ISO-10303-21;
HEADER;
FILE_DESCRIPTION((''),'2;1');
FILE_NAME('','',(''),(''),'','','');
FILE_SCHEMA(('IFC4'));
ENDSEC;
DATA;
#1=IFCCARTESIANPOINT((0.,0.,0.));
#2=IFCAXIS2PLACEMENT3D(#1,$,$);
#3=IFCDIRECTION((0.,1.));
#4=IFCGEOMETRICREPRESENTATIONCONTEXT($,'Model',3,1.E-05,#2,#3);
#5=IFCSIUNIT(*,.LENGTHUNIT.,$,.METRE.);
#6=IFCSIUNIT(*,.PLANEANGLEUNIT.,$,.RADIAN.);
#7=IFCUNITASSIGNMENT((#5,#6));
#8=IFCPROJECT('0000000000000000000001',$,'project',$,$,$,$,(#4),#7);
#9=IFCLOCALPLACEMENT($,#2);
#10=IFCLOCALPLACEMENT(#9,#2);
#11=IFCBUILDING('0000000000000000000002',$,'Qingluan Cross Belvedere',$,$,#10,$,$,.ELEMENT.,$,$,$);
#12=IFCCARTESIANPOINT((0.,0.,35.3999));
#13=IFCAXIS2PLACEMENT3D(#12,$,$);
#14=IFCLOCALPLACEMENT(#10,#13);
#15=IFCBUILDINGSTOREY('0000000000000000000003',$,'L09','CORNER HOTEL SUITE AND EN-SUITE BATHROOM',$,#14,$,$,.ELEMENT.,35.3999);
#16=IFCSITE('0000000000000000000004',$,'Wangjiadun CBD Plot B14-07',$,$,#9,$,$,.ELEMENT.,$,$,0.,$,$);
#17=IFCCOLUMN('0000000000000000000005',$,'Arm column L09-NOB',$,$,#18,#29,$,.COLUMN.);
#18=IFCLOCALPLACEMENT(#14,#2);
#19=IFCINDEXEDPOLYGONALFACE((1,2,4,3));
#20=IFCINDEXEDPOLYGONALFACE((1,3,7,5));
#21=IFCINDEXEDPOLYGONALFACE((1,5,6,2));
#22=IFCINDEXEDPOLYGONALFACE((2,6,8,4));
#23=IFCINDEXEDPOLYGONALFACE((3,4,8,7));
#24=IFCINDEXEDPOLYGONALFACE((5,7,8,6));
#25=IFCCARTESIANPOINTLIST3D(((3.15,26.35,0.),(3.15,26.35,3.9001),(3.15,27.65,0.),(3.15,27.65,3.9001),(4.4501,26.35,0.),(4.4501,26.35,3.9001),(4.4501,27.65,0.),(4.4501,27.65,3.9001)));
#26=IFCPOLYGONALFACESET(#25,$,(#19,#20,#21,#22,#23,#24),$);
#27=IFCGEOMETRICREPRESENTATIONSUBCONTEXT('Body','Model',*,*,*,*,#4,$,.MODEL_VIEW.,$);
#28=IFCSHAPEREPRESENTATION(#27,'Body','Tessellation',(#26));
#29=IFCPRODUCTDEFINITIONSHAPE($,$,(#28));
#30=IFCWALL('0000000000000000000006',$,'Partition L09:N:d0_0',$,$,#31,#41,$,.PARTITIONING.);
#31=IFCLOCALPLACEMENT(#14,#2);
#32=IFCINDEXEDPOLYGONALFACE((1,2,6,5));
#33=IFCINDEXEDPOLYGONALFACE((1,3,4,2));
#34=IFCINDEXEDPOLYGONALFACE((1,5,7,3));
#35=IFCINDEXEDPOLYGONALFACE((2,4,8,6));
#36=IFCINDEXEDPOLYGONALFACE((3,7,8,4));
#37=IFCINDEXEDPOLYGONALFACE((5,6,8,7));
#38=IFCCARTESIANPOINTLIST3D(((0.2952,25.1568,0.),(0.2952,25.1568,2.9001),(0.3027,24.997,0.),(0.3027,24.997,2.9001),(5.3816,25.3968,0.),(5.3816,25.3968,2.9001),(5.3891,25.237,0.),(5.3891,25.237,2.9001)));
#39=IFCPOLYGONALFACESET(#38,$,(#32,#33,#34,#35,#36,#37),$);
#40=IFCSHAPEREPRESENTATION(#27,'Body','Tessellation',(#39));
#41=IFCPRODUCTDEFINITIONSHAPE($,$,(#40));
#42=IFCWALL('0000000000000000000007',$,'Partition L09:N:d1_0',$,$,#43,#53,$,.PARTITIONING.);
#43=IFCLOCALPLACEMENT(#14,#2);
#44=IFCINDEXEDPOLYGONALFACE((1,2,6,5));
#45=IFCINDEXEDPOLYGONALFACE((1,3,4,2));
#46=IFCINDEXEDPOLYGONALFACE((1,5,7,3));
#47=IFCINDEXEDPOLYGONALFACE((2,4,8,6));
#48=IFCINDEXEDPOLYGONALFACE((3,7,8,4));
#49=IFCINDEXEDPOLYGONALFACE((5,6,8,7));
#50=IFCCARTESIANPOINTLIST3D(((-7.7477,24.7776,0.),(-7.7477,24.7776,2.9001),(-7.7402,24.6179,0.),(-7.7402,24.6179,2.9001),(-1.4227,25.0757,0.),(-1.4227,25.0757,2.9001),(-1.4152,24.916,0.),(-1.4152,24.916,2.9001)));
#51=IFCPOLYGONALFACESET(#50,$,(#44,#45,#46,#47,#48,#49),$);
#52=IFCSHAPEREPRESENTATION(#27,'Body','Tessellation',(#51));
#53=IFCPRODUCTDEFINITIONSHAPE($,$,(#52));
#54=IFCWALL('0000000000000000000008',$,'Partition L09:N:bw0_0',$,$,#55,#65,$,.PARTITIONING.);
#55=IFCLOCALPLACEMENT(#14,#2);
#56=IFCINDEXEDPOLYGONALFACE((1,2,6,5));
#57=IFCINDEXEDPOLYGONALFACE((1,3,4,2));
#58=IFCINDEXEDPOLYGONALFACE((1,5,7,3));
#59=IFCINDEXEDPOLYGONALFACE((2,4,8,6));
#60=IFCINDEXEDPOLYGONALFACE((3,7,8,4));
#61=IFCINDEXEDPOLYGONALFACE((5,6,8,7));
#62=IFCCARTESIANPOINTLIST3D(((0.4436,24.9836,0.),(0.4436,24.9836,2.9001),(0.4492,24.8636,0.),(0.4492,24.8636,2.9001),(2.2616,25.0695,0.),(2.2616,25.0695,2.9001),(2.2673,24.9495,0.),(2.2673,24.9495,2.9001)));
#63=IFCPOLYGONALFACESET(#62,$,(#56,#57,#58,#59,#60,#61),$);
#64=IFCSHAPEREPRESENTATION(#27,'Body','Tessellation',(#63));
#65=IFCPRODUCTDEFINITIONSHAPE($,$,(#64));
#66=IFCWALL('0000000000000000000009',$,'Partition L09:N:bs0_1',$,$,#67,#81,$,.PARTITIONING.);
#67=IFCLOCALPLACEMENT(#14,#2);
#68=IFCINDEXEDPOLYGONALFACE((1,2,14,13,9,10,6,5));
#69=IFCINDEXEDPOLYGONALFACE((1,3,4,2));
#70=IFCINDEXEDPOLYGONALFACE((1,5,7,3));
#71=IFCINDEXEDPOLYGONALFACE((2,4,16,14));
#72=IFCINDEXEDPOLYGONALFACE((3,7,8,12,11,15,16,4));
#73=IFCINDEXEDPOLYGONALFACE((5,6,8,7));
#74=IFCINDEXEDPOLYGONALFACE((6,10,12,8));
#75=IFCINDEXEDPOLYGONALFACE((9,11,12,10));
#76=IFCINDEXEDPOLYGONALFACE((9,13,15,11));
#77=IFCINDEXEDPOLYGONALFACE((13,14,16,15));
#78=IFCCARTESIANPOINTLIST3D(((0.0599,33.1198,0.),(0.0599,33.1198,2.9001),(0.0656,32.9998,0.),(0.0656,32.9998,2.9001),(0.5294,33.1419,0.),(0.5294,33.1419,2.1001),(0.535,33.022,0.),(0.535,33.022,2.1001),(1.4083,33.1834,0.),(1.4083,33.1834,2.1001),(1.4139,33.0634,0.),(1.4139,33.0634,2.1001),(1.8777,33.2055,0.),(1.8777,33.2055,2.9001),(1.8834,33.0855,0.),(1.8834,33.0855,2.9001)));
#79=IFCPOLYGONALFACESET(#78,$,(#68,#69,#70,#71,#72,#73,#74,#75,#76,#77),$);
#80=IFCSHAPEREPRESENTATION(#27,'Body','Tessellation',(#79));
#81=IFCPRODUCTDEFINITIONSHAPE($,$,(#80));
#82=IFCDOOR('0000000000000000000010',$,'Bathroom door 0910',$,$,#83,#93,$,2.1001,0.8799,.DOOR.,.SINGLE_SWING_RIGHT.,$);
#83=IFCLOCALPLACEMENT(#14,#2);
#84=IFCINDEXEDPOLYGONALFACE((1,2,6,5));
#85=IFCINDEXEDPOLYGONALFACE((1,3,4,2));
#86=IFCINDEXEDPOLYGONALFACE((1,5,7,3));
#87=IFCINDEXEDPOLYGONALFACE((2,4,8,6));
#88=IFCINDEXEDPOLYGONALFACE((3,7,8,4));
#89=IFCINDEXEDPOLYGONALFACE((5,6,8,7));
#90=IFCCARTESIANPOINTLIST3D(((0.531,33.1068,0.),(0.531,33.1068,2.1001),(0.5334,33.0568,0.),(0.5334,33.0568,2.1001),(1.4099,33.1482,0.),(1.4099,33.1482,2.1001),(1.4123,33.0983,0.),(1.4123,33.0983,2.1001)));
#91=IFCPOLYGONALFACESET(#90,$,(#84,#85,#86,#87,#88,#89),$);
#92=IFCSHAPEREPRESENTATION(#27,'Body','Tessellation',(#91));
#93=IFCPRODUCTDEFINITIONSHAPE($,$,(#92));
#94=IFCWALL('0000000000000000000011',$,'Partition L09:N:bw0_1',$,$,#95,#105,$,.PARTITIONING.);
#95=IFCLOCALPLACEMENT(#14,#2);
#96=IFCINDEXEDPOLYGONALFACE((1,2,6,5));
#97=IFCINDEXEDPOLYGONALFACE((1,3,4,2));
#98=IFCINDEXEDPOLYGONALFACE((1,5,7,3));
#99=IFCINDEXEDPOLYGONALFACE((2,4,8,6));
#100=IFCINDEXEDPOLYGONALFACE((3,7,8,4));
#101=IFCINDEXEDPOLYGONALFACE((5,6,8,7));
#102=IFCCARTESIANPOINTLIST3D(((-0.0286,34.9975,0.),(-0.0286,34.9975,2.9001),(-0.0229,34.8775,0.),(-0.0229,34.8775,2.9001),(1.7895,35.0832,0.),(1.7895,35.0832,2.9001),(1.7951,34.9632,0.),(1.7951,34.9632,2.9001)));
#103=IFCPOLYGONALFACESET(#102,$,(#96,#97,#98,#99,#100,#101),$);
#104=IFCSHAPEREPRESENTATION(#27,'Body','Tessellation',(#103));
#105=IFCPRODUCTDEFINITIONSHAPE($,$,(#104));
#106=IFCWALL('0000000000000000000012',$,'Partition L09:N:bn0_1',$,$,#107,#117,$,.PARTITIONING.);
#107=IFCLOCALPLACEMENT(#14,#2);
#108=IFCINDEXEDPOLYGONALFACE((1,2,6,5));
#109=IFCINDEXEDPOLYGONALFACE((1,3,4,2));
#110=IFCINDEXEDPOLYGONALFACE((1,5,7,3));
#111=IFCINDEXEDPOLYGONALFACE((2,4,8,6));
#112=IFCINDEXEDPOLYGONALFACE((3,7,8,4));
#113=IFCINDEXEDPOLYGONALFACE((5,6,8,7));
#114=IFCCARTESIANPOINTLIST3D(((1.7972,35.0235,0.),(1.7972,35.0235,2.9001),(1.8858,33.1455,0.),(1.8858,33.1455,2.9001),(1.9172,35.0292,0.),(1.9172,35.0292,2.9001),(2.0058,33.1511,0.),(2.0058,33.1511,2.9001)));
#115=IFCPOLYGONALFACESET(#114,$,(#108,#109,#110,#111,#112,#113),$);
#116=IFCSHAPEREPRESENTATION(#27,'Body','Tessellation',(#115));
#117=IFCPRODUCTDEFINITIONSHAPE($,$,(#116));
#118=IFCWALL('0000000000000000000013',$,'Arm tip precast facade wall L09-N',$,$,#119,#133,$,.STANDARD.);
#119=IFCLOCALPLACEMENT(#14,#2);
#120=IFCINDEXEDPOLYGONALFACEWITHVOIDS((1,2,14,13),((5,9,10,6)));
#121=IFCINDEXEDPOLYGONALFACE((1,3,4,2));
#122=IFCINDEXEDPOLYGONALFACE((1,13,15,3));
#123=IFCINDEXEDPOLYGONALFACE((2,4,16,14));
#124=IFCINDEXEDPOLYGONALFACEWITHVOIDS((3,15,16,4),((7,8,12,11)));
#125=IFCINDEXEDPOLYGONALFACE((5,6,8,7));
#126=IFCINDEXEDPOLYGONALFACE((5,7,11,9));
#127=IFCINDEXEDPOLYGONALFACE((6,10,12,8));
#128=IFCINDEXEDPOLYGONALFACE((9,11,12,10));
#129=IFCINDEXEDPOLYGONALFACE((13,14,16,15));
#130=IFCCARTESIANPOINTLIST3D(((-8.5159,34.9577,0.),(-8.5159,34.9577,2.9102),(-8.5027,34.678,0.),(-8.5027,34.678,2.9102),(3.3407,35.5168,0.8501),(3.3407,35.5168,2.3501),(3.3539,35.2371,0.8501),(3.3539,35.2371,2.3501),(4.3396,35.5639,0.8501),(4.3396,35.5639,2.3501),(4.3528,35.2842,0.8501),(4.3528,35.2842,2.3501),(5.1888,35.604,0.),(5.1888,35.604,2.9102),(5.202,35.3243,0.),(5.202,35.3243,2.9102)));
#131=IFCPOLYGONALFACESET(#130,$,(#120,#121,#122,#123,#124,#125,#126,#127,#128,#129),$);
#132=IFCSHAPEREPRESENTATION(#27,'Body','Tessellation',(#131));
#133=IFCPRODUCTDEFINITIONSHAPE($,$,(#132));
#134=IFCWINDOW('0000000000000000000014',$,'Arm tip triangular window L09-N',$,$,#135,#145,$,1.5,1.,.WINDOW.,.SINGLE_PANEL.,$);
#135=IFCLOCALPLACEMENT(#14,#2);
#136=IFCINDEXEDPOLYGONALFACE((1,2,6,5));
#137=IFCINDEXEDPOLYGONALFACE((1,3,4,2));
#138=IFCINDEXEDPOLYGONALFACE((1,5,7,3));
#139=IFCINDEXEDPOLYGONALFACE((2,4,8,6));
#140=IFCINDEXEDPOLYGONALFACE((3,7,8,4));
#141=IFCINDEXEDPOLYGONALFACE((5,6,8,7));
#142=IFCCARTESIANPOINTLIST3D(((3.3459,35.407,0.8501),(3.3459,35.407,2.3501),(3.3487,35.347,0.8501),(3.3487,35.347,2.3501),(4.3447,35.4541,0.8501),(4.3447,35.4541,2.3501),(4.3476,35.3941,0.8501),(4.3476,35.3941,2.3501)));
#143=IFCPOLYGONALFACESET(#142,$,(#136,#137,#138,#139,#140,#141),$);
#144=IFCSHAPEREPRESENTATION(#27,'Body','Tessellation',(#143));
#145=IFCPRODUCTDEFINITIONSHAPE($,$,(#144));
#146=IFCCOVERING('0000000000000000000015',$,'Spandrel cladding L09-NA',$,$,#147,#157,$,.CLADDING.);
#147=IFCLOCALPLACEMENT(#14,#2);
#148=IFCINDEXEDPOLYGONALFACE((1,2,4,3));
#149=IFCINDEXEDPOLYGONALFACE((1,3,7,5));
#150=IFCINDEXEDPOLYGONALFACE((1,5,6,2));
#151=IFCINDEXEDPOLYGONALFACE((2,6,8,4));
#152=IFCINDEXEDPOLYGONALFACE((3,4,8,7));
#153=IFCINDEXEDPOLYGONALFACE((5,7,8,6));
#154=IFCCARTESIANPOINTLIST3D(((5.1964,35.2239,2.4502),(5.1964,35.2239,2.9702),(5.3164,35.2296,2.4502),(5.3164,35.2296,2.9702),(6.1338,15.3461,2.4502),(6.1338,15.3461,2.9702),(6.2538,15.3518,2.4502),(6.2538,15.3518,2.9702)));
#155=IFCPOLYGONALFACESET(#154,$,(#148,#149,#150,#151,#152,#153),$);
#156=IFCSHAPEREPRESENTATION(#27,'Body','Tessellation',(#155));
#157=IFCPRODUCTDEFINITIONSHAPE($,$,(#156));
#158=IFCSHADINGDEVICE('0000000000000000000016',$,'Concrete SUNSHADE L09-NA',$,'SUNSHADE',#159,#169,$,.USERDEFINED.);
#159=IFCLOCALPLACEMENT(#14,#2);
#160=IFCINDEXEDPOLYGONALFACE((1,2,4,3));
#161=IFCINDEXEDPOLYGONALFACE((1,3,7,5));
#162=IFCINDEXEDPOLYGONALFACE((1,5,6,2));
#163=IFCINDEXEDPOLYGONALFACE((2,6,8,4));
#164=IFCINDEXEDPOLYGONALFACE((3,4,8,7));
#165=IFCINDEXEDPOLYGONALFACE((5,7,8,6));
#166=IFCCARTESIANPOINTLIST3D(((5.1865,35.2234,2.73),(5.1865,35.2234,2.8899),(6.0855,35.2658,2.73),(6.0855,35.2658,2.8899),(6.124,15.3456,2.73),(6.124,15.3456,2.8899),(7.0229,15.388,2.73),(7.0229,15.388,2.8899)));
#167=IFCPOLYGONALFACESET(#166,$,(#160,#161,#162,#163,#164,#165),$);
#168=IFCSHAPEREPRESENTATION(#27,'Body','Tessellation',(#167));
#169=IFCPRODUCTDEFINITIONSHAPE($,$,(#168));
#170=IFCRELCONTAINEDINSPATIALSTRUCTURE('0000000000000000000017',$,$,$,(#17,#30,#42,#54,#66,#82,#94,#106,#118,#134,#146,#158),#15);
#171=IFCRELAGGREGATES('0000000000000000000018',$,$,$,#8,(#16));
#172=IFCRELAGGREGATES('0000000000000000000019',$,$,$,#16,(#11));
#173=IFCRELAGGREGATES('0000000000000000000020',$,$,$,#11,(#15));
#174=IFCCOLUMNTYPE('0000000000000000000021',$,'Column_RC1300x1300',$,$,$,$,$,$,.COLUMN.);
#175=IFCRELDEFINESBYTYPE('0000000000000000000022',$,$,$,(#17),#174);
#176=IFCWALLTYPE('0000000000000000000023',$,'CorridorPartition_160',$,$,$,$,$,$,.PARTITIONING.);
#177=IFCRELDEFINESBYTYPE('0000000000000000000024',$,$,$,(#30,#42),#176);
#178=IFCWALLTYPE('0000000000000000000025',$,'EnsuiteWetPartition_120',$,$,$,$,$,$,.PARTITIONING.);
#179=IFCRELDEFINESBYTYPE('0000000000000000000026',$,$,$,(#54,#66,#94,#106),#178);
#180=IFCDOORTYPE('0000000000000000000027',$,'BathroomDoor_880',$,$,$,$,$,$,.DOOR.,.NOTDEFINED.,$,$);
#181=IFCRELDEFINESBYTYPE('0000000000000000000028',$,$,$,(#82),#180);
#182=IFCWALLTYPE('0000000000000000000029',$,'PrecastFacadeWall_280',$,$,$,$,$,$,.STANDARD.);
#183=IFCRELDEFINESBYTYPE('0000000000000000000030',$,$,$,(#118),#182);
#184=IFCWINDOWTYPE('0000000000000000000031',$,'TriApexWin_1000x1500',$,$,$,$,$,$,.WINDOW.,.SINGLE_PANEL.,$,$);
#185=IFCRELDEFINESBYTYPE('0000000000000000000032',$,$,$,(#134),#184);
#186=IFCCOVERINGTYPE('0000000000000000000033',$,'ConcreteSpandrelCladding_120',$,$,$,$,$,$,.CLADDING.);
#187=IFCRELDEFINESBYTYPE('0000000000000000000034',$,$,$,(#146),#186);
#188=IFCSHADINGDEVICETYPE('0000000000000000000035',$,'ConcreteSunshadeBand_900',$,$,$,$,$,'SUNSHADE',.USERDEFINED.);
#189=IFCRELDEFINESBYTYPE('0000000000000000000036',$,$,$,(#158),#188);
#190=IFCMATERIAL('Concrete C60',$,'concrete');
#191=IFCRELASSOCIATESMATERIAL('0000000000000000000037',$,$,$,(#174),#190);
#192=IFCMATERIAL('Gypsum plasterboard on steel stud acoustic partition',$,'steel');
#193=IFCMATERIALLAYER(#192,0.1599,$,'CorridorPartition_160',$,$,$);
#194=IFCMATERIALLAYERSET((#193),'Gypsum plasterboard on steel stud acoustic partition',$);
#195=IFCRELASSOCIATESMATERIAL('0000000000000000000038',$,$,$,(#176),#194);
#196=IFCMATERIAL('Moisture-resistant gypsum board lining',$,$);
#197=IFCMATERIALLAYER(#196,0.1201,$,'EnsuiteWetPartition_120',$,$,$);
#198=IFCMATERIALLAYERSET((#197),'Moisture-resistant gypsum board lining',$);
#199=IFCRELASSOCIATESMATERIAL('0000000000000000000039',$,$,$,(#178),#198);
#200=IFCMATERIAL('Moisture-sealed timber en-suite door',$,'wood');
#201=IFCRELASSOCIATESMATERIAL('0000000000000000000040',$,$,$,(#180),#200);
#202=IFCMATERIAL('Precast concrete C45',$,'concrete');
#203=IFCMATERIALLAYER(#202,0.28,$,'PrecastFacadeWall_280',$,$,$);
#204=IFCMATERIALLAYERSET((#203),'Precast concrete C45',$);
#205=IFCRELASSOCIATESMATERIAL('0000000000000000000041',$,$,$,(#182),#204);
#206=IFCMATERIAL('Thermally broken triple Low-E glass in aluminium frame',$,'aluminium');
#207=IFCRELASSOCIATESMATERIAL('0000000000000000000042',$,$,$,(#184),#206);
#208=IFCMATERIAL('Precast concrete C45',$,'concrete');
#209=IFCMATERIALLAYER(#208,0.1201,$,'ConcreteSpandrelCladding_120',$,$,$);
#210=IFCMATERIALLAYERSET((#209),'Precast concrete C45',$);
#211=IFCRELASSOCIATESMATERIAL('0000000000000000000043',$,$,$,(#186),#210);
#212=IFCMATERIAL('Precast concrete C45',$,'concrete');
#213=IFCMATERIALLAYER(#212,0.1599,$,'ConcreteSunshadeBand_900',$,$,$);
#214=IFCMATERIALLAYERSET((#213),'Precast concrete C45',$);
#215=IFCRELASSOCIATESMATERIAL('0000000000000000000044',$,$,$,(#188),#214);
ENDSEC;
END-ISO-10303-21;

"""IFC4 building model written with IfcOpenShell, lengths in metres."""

from ifc_helpers import new_model, si_unit, direction, frame, frame_2d, origin, origin_2d, place, context, subcontext, project, spatial, rectangle, extrude, material, layer, layer_set, material_profile, profile_set, type_object, element, fill, save


model = new_model("IFC4")

# Units and contexts
model_context = context("Model", 3, precision=1e-05, world=origin(), true_north=direction((0.0, 1.0)))
body_context = subcontext(model_context, "Body", "Model", "MODEL_VIEW")
ifc_project = project(units=[si_unit("LENGTHUNIT", "METRE"), si_unit("PLANEANGLEUNIT", "RADIAN")], contexts=[model_context])

# Site, building, storey
site_placement = place(None, origin())
site = spatial("IfcSite", under=ifc_project, at=site_placement, Name="Wangjiadun CBD Plot B14-07", CompositionType="ELEMENT", RefElevation=0.0)
building_placement = place(site_placement, origin())
building = spatial("IfcBuilding", under=site, at=building_placement, Name="Qingluan Cross Belvedere", CompositionType="ELEMENT")
storey_placement = place(building_placement, frame((0.0, 0.0, 35.3999)))
storey = spatial("IfcBuildingStorey", under=building, at=storey_placement, Name="L09", Description="CORNER HOTEL SUITE AND EN-SUITE BATHROOM", CompositionType="ELEMENT", Elevation=35.3999)

# Column
ifc_material_1 = material(Name="Concrete C60", Category="concrete")
ifc_material_profile = material_profile(ifc_material_1, rectangle(XDim=1.3, YDim=1.3, at=origin_2d()), Name="RC1300x1300")
ifc_profile_set = profile_set([ifc_material_profile], Name="Concrete C60")
column_type = type_object("IfcColumnType", Name="Column_RC1300x1300", PredefinedType="COLUMN", material=ifc_profile_set)
column_placement = place(storey_placement, frame((3.8, 27.0, 0.0), z_axis=(0.0, 0.0, 1.0), x_axis=(1.0, 0.0, 0.0)))
element("IfcColumn", 1, at=column_placement, inside=storey, type_object=column_type, Name="Arm column L09-NOB", PredefinedType="COLUMN", context=body_context, shape_type="SweptSolid", body=[
    extrude(rectangle(XDim=1.3, YDim=1.3, at=origin_2d()), origin(), (0.0, 0.0, 1.0), 3.9001),
])

# Walls
ifc_material_2 = material(Name="Gypsum plasterboard on steel stud acoustic partition", Category="steel")
ifc_layer_1 = layer(ifc_material_2, 0.1599, Name="CorridorPartition_160")
ifc_layer_set_1 = layer_set([ifc_layer_1], Name="Gypsum plasterboard on steel stud acoustic partition")
wall_type_1 = type_object("IfcWallType", Name="CorridorPartition_160", PredefinedType="PARTITIONING", material=ifc_layer_set_1)
wall_1_placement = place(storey_placement, frame((0.2991, 25.0769, 0.0), z_axis=(0.0, 0.0, 1.0), x_axis=(0.998889, 0.04713, 0.0)))
element("IfcWall", 2, at=wall_1_placement, inside=storey, type_object=wall_type_1, Name="Partition L09:N:d0_0", PredefinedType="PARTITIONING", context=body_context, shape_type="SweptSolid", body=[
    extrude(rectangle(XDim=5.092, YDim=0.1599, at=frame_2d((2.5459, 0.0))), origin(), (0.0, 0.0, 1.0), 2.9001),
])
wall_2_placement = place(storey_placement, frame((-1.4189, 24.9958, 0.0), z_axis=(0.0, 0.0, 1.0), x_axis=(-0.998891, -0.047078, 0.0)))
element("IfcWall", 3, at=wall_2_placement, inside=storey, type_object=wall_type_1, Name="Partition L09:N:d1_0", PredefinedType="PARTITIONING", context=body_context, shape_type="SweptSolid", body=[
    extrude(rectangle(XDim=6.332, YDim=0.1599, at=frame_2d((3.166, 0.0))), origin(), (0.0, 0.0, 1.0), 2.9001),
])
ifc_material_3 = material(Name="Moisture-resistant gypsum board lining")
ifc_layer_2 = layer(ifc_material_3, 0.1201, Name="EnsuiteWetPartition_120")
ifc_layer_set_2 = layer_set([ifc_layer_2], Name="Moisture-resistant gypsum board lining")
wall_type_2 = type_object("IfcWallType", Name="EnsuiteWetPartition_120", PredefinedType="PARTITIONING", material=ifc_layer_set_2)
wall_3_placement = place(storey_placement, frame((0.4463, 24.9236, 0.0), z_axis=(0.0, 0.0, 1.0), x_axis=(0.998885, 0.047215, 0.0)))
element("IfcWall", 4, at=wall_3_placement, inside=storey, type_object=wall_type_2, Name="Partition L09:N:bw0_0", PredefinedType="PARTITIONING", context=body_context, shape_type="SweptSolid", body=[
    extrude(rectangle(XDim=1.8201, YDim=0.1201, at=frame_2d((0.9102, 0.0))), origin(), (0.0, 0.0, 1.0), 2.9001),
])

# Wall, opening, door
wall_4_placement = place(storey_placement, frame((0.0627, 33.0598, 0.0), z_axis=(0.0, 0.0, 1.0), x_axis=(0.998891, 0.047087, 0.0)))
wall_4 = element("IfcWall", 5, at=wall_4_placement, inside=storey, type_object=wall_type_2, Name="Partition L09:N:bs0_1", PredefinedType="PARTITIONING", context=body_context, shape_type="SweptSolid", body=[
    extrude(rectangle(XDim=1.8198, YDim=0.1201, at=frame_2d((0.9099, 0.0))), origin(), (0.0, 0.0, 1.0), 2.9001),
])
opening_1_placement = place(wall_4_placement, frame((0.47, 0.0, 0.0)))
opening_1 = element("IfcOpeningElement", 6, at=opening_1_placement, cuts=wall_4, PredefinedType="OPENING", context=body_context, shape_type="SweptSolid", body=[
    extrude(rectangle(XDim=0.8799, YDim=2.1001, at=frame_2d((0.4399, 1.05))), frame((0.0, 0.0701, 0.0), z_axis=(0.0, -1.0, 0.0), x_axis=(1.0, 0.0, 0.0)), (0.0, 0.0, 1.0), 0.1401),
])
ifc_material_4 = material(Name="Moisture-sealed timber en-suite door", Category="wood")
door_type = type_object("IfcDoorType", Name="BathroomDoor_880", OperationType="NOTDEFINED", PredefinedType="DOOR", material=ifc_material_4)
door_placement = place(opening_1_placement, origin())
door = element("IfcDoor", 7, at=door_placement, inside=storey, type_object=door_type, Name="Bathroom door 0910", OperationType="SINGLE_SWING_RIGHT", OverallHeight=2.1001, OverallWidth=0.8799, PredefinedType="DOOR", context=body_context, shape_type="SweptSolid", body=[
    extrude(rectangle(XDim=0.8799, YDim=2.1001, at=frame_2d((0.4399, 1.05))), frame((0.0, 0.0249, 0.0), z_axis=(0.0, -1.0, 0.0), x_axis=(1.0, 0.0, 0.0)), (0.0, 0.0, 1.0), 0.05),
])
fill(opening_1, door)

# Walls
wall_5_placement = place(storey_placement, frame((-0.0259, 34.9375, 0.0), z_axis=(0.0, 0.0, 1.0), x_axis=(0.998891, 0.047081, 0.0)))
element("IfcWall", 8, at=wall_5_placement, inside=storey, type_object=wall_type_2, Name="Partition L09:N:bw0_1", PredefinedType="PARTITIONING", context=body_context, shape_type="SweptSolid", body=[
    extrude(rectangle(XDim=1.8201, YDim=0.1201, at=frame_2d((0.9102, 0.0))), origin(), (0.0, 0.0, 1.0), 2.9001),
])
wall_6_placement = place(storey_placement, frame((1.9458, 33.1484, 0.0), z_axis=(0.0, 0.0, 1.0), x_axis=(-0.047139, 0.998888, 0.0)))
element("IfcWall", 9, at=wall_6_placement, inside=storey, type_object=wall_type_2, Name="Partition L09:N:bn0_1", PredefinedType="PARTITIONING", context=body_context, shape_type="SweptSolid", body=[
    extrude(rectangle(XDim=1.8801, YDim=0.1201, at=frame_2d((0.9399, 0.0))), origin(), (0.0, 0.0, 1.0), 2.9001),
])

# Wall, opening, window
ifc_material_5 = material(Name="Precast concrete C45", Category="concrete")
ifc_layer_3 = layer(ifc_material_5, 0.28, Name="PrecastFacadeWall_280")
ifc_layer_set_3 = layer_set([ifc_layer_3], Name="Precast concrete C45")
wall_type_3 = type_object("IfcWallType", Name="PrecastFacadeWall_280", PredefinedType="STANDARD", material=ifc_layer_set_3)
wall_7_placement = place(storey_placement, frame((5.1953, 35.4641, 0.0), z_axis=(0.0, 0.0, 1.0), x_axis=(-0.99889, -0.047102, 0.0)))
wall_7 = element("IfcWall", 10, at=wall_7_placement, inside=storey, type_object=wall_type_3, Name="Arm tip precast facade wall L09-N", PredefinedType="STANDARD", context=body_context, shape_type="SweptSolid", body=[
    extrude(rectangle(XDim=13.72, YDim=0.28, at=frame_2d((6.8599, 0.0))), origin(), (0.0, 0.0, 1.0), 2.9102),
])
opening_2_placement = place(wall_7_placement, frame((0.8501, 0.0, 0.8501)))
opening_2 = element("IfcOpeningElement", 11, at=opening_2_placement, cuts=wall_7, PredefinedType="OPENING", context=body_context, shape_type="SweptSolid", body=[
    extrude(rectangle(XDim=1.0, YDim=1.5, at=frame_2d((0.5, 0.75))), frame((0.0, 0.1499, 0.0), z_axis=(0.0, -1.0, 0.0), x_axis=(1.0, 0.0, 0.0)), (0.0, 0.0, 1.0), 0.3),
])
ifc_material_6 = material(Name="Thermally broken triple Low-E glass in aluminium frame", Category="aluminium")
window_type = type_object("IfcWindowType", Name="TriApexWin_1000x1500", PartitioningType="SINGLE_PANEL", PredefinedType="WINDOW", material=ifc_material_6)
window_placement = place(opening_2_placement, origin())
window = element("IfcWindow", 12, at=window_placement, inside=storey, type_object=window_type, Name="Arm tip triangular window L09-N", OverallHeight=1.5, OverallWidth=1.0, PartitioningType="SINGLE_PANEL", PredefinedType="WINDOW", context=body_context, shape_type="SweptSolid", body=[
    extrude(rectangle(XDim=1.0, YDim=1.5, at=frame_2d((0.5, 0.75))), frame((0.0, 0.03, 0.0), z_axis=(0.0, -1.0, 0.0), x_axis=(1.0, 0.0, 0.0)), (0.0, 0.0, 1.0), 0.0601),
])
fill(opening_2, window)

# Covering
ifc_material_7 = material(Name="Precast concrete C45", Category="concrete")
ifc_layer_4 = layer(ifc_material_7, 0.1201, Name="ConcreteSpandrelCladding_120")
ifc_layer_set_4 = layer_set([ifc_layer_4], Name="Precast concrete C45")
covering_type = type_object("IfcCoveringType", Name="ConcreteSpandrelCladding_120", PredefinedType="CLADDING", material=ifc_layer_set_4)
covering_placement = place(storey_placement, frame((5.7251, 25.2878, 2.4502), z_axis=(0.0, 0.0, 1.0), x_axis=(-0.047109, 0.99889, 0.0)))
element("IfcCovering", 13, at=covering_placement, inside=storey, type_object=covering_type, Name="Spandrel cladding L09-NA", PredefinedType="CLADDING", context=body_context, shape_type="SweptSolid", body=[
    extrude(rectangle(XDim=19.8999, YDim=0.1201, at=origin_2d()), origin(), (0.0, 0.0, 1.0), 0.52),
])

# Shading device
ifc_material_8 = material(Name="Precast concrete C45", Category="concrete")
ifc_layer_5 = layer(ifc_material_8, 0.1599, Name="ConcreteSunshadeBand_900")
ifc_layer_set_5 = layer_set([ifc_layer_5], Name="Precast concrete C45")
shading_device_type = type_object("IfcShadingDeviceType", Name="ConcreteSunshadeBand_900", ElementType="SUNSHADE", PredefinedType="USERDEFINED", material=ifc_layer_set_5)
shading_device_placement = place(storey_placement, frame((6.1047, 25.3057, 2.73), z_axis=(0.0, 0.0, 1.0), x_axis=(-0.047109, 0.99889, 0.0)))
element("IfcShadingDevice", 14, at=shading_device_placement, inside=storey, type_object=shading_device_type, Name="Concrete SUNSHADE L09-NA", ObjectType="SUNSHADE", PredefinedType="USERDEFINED", context=body_context, shape_type="SweptSolid", body=[
    extrude(rectangle(XDim=19.8999, YDim=0.8999, at=origin_2d()), origin(), (0.0, 0.0, 1.0), 0.1599),
])

save(model, "model.ifc")
